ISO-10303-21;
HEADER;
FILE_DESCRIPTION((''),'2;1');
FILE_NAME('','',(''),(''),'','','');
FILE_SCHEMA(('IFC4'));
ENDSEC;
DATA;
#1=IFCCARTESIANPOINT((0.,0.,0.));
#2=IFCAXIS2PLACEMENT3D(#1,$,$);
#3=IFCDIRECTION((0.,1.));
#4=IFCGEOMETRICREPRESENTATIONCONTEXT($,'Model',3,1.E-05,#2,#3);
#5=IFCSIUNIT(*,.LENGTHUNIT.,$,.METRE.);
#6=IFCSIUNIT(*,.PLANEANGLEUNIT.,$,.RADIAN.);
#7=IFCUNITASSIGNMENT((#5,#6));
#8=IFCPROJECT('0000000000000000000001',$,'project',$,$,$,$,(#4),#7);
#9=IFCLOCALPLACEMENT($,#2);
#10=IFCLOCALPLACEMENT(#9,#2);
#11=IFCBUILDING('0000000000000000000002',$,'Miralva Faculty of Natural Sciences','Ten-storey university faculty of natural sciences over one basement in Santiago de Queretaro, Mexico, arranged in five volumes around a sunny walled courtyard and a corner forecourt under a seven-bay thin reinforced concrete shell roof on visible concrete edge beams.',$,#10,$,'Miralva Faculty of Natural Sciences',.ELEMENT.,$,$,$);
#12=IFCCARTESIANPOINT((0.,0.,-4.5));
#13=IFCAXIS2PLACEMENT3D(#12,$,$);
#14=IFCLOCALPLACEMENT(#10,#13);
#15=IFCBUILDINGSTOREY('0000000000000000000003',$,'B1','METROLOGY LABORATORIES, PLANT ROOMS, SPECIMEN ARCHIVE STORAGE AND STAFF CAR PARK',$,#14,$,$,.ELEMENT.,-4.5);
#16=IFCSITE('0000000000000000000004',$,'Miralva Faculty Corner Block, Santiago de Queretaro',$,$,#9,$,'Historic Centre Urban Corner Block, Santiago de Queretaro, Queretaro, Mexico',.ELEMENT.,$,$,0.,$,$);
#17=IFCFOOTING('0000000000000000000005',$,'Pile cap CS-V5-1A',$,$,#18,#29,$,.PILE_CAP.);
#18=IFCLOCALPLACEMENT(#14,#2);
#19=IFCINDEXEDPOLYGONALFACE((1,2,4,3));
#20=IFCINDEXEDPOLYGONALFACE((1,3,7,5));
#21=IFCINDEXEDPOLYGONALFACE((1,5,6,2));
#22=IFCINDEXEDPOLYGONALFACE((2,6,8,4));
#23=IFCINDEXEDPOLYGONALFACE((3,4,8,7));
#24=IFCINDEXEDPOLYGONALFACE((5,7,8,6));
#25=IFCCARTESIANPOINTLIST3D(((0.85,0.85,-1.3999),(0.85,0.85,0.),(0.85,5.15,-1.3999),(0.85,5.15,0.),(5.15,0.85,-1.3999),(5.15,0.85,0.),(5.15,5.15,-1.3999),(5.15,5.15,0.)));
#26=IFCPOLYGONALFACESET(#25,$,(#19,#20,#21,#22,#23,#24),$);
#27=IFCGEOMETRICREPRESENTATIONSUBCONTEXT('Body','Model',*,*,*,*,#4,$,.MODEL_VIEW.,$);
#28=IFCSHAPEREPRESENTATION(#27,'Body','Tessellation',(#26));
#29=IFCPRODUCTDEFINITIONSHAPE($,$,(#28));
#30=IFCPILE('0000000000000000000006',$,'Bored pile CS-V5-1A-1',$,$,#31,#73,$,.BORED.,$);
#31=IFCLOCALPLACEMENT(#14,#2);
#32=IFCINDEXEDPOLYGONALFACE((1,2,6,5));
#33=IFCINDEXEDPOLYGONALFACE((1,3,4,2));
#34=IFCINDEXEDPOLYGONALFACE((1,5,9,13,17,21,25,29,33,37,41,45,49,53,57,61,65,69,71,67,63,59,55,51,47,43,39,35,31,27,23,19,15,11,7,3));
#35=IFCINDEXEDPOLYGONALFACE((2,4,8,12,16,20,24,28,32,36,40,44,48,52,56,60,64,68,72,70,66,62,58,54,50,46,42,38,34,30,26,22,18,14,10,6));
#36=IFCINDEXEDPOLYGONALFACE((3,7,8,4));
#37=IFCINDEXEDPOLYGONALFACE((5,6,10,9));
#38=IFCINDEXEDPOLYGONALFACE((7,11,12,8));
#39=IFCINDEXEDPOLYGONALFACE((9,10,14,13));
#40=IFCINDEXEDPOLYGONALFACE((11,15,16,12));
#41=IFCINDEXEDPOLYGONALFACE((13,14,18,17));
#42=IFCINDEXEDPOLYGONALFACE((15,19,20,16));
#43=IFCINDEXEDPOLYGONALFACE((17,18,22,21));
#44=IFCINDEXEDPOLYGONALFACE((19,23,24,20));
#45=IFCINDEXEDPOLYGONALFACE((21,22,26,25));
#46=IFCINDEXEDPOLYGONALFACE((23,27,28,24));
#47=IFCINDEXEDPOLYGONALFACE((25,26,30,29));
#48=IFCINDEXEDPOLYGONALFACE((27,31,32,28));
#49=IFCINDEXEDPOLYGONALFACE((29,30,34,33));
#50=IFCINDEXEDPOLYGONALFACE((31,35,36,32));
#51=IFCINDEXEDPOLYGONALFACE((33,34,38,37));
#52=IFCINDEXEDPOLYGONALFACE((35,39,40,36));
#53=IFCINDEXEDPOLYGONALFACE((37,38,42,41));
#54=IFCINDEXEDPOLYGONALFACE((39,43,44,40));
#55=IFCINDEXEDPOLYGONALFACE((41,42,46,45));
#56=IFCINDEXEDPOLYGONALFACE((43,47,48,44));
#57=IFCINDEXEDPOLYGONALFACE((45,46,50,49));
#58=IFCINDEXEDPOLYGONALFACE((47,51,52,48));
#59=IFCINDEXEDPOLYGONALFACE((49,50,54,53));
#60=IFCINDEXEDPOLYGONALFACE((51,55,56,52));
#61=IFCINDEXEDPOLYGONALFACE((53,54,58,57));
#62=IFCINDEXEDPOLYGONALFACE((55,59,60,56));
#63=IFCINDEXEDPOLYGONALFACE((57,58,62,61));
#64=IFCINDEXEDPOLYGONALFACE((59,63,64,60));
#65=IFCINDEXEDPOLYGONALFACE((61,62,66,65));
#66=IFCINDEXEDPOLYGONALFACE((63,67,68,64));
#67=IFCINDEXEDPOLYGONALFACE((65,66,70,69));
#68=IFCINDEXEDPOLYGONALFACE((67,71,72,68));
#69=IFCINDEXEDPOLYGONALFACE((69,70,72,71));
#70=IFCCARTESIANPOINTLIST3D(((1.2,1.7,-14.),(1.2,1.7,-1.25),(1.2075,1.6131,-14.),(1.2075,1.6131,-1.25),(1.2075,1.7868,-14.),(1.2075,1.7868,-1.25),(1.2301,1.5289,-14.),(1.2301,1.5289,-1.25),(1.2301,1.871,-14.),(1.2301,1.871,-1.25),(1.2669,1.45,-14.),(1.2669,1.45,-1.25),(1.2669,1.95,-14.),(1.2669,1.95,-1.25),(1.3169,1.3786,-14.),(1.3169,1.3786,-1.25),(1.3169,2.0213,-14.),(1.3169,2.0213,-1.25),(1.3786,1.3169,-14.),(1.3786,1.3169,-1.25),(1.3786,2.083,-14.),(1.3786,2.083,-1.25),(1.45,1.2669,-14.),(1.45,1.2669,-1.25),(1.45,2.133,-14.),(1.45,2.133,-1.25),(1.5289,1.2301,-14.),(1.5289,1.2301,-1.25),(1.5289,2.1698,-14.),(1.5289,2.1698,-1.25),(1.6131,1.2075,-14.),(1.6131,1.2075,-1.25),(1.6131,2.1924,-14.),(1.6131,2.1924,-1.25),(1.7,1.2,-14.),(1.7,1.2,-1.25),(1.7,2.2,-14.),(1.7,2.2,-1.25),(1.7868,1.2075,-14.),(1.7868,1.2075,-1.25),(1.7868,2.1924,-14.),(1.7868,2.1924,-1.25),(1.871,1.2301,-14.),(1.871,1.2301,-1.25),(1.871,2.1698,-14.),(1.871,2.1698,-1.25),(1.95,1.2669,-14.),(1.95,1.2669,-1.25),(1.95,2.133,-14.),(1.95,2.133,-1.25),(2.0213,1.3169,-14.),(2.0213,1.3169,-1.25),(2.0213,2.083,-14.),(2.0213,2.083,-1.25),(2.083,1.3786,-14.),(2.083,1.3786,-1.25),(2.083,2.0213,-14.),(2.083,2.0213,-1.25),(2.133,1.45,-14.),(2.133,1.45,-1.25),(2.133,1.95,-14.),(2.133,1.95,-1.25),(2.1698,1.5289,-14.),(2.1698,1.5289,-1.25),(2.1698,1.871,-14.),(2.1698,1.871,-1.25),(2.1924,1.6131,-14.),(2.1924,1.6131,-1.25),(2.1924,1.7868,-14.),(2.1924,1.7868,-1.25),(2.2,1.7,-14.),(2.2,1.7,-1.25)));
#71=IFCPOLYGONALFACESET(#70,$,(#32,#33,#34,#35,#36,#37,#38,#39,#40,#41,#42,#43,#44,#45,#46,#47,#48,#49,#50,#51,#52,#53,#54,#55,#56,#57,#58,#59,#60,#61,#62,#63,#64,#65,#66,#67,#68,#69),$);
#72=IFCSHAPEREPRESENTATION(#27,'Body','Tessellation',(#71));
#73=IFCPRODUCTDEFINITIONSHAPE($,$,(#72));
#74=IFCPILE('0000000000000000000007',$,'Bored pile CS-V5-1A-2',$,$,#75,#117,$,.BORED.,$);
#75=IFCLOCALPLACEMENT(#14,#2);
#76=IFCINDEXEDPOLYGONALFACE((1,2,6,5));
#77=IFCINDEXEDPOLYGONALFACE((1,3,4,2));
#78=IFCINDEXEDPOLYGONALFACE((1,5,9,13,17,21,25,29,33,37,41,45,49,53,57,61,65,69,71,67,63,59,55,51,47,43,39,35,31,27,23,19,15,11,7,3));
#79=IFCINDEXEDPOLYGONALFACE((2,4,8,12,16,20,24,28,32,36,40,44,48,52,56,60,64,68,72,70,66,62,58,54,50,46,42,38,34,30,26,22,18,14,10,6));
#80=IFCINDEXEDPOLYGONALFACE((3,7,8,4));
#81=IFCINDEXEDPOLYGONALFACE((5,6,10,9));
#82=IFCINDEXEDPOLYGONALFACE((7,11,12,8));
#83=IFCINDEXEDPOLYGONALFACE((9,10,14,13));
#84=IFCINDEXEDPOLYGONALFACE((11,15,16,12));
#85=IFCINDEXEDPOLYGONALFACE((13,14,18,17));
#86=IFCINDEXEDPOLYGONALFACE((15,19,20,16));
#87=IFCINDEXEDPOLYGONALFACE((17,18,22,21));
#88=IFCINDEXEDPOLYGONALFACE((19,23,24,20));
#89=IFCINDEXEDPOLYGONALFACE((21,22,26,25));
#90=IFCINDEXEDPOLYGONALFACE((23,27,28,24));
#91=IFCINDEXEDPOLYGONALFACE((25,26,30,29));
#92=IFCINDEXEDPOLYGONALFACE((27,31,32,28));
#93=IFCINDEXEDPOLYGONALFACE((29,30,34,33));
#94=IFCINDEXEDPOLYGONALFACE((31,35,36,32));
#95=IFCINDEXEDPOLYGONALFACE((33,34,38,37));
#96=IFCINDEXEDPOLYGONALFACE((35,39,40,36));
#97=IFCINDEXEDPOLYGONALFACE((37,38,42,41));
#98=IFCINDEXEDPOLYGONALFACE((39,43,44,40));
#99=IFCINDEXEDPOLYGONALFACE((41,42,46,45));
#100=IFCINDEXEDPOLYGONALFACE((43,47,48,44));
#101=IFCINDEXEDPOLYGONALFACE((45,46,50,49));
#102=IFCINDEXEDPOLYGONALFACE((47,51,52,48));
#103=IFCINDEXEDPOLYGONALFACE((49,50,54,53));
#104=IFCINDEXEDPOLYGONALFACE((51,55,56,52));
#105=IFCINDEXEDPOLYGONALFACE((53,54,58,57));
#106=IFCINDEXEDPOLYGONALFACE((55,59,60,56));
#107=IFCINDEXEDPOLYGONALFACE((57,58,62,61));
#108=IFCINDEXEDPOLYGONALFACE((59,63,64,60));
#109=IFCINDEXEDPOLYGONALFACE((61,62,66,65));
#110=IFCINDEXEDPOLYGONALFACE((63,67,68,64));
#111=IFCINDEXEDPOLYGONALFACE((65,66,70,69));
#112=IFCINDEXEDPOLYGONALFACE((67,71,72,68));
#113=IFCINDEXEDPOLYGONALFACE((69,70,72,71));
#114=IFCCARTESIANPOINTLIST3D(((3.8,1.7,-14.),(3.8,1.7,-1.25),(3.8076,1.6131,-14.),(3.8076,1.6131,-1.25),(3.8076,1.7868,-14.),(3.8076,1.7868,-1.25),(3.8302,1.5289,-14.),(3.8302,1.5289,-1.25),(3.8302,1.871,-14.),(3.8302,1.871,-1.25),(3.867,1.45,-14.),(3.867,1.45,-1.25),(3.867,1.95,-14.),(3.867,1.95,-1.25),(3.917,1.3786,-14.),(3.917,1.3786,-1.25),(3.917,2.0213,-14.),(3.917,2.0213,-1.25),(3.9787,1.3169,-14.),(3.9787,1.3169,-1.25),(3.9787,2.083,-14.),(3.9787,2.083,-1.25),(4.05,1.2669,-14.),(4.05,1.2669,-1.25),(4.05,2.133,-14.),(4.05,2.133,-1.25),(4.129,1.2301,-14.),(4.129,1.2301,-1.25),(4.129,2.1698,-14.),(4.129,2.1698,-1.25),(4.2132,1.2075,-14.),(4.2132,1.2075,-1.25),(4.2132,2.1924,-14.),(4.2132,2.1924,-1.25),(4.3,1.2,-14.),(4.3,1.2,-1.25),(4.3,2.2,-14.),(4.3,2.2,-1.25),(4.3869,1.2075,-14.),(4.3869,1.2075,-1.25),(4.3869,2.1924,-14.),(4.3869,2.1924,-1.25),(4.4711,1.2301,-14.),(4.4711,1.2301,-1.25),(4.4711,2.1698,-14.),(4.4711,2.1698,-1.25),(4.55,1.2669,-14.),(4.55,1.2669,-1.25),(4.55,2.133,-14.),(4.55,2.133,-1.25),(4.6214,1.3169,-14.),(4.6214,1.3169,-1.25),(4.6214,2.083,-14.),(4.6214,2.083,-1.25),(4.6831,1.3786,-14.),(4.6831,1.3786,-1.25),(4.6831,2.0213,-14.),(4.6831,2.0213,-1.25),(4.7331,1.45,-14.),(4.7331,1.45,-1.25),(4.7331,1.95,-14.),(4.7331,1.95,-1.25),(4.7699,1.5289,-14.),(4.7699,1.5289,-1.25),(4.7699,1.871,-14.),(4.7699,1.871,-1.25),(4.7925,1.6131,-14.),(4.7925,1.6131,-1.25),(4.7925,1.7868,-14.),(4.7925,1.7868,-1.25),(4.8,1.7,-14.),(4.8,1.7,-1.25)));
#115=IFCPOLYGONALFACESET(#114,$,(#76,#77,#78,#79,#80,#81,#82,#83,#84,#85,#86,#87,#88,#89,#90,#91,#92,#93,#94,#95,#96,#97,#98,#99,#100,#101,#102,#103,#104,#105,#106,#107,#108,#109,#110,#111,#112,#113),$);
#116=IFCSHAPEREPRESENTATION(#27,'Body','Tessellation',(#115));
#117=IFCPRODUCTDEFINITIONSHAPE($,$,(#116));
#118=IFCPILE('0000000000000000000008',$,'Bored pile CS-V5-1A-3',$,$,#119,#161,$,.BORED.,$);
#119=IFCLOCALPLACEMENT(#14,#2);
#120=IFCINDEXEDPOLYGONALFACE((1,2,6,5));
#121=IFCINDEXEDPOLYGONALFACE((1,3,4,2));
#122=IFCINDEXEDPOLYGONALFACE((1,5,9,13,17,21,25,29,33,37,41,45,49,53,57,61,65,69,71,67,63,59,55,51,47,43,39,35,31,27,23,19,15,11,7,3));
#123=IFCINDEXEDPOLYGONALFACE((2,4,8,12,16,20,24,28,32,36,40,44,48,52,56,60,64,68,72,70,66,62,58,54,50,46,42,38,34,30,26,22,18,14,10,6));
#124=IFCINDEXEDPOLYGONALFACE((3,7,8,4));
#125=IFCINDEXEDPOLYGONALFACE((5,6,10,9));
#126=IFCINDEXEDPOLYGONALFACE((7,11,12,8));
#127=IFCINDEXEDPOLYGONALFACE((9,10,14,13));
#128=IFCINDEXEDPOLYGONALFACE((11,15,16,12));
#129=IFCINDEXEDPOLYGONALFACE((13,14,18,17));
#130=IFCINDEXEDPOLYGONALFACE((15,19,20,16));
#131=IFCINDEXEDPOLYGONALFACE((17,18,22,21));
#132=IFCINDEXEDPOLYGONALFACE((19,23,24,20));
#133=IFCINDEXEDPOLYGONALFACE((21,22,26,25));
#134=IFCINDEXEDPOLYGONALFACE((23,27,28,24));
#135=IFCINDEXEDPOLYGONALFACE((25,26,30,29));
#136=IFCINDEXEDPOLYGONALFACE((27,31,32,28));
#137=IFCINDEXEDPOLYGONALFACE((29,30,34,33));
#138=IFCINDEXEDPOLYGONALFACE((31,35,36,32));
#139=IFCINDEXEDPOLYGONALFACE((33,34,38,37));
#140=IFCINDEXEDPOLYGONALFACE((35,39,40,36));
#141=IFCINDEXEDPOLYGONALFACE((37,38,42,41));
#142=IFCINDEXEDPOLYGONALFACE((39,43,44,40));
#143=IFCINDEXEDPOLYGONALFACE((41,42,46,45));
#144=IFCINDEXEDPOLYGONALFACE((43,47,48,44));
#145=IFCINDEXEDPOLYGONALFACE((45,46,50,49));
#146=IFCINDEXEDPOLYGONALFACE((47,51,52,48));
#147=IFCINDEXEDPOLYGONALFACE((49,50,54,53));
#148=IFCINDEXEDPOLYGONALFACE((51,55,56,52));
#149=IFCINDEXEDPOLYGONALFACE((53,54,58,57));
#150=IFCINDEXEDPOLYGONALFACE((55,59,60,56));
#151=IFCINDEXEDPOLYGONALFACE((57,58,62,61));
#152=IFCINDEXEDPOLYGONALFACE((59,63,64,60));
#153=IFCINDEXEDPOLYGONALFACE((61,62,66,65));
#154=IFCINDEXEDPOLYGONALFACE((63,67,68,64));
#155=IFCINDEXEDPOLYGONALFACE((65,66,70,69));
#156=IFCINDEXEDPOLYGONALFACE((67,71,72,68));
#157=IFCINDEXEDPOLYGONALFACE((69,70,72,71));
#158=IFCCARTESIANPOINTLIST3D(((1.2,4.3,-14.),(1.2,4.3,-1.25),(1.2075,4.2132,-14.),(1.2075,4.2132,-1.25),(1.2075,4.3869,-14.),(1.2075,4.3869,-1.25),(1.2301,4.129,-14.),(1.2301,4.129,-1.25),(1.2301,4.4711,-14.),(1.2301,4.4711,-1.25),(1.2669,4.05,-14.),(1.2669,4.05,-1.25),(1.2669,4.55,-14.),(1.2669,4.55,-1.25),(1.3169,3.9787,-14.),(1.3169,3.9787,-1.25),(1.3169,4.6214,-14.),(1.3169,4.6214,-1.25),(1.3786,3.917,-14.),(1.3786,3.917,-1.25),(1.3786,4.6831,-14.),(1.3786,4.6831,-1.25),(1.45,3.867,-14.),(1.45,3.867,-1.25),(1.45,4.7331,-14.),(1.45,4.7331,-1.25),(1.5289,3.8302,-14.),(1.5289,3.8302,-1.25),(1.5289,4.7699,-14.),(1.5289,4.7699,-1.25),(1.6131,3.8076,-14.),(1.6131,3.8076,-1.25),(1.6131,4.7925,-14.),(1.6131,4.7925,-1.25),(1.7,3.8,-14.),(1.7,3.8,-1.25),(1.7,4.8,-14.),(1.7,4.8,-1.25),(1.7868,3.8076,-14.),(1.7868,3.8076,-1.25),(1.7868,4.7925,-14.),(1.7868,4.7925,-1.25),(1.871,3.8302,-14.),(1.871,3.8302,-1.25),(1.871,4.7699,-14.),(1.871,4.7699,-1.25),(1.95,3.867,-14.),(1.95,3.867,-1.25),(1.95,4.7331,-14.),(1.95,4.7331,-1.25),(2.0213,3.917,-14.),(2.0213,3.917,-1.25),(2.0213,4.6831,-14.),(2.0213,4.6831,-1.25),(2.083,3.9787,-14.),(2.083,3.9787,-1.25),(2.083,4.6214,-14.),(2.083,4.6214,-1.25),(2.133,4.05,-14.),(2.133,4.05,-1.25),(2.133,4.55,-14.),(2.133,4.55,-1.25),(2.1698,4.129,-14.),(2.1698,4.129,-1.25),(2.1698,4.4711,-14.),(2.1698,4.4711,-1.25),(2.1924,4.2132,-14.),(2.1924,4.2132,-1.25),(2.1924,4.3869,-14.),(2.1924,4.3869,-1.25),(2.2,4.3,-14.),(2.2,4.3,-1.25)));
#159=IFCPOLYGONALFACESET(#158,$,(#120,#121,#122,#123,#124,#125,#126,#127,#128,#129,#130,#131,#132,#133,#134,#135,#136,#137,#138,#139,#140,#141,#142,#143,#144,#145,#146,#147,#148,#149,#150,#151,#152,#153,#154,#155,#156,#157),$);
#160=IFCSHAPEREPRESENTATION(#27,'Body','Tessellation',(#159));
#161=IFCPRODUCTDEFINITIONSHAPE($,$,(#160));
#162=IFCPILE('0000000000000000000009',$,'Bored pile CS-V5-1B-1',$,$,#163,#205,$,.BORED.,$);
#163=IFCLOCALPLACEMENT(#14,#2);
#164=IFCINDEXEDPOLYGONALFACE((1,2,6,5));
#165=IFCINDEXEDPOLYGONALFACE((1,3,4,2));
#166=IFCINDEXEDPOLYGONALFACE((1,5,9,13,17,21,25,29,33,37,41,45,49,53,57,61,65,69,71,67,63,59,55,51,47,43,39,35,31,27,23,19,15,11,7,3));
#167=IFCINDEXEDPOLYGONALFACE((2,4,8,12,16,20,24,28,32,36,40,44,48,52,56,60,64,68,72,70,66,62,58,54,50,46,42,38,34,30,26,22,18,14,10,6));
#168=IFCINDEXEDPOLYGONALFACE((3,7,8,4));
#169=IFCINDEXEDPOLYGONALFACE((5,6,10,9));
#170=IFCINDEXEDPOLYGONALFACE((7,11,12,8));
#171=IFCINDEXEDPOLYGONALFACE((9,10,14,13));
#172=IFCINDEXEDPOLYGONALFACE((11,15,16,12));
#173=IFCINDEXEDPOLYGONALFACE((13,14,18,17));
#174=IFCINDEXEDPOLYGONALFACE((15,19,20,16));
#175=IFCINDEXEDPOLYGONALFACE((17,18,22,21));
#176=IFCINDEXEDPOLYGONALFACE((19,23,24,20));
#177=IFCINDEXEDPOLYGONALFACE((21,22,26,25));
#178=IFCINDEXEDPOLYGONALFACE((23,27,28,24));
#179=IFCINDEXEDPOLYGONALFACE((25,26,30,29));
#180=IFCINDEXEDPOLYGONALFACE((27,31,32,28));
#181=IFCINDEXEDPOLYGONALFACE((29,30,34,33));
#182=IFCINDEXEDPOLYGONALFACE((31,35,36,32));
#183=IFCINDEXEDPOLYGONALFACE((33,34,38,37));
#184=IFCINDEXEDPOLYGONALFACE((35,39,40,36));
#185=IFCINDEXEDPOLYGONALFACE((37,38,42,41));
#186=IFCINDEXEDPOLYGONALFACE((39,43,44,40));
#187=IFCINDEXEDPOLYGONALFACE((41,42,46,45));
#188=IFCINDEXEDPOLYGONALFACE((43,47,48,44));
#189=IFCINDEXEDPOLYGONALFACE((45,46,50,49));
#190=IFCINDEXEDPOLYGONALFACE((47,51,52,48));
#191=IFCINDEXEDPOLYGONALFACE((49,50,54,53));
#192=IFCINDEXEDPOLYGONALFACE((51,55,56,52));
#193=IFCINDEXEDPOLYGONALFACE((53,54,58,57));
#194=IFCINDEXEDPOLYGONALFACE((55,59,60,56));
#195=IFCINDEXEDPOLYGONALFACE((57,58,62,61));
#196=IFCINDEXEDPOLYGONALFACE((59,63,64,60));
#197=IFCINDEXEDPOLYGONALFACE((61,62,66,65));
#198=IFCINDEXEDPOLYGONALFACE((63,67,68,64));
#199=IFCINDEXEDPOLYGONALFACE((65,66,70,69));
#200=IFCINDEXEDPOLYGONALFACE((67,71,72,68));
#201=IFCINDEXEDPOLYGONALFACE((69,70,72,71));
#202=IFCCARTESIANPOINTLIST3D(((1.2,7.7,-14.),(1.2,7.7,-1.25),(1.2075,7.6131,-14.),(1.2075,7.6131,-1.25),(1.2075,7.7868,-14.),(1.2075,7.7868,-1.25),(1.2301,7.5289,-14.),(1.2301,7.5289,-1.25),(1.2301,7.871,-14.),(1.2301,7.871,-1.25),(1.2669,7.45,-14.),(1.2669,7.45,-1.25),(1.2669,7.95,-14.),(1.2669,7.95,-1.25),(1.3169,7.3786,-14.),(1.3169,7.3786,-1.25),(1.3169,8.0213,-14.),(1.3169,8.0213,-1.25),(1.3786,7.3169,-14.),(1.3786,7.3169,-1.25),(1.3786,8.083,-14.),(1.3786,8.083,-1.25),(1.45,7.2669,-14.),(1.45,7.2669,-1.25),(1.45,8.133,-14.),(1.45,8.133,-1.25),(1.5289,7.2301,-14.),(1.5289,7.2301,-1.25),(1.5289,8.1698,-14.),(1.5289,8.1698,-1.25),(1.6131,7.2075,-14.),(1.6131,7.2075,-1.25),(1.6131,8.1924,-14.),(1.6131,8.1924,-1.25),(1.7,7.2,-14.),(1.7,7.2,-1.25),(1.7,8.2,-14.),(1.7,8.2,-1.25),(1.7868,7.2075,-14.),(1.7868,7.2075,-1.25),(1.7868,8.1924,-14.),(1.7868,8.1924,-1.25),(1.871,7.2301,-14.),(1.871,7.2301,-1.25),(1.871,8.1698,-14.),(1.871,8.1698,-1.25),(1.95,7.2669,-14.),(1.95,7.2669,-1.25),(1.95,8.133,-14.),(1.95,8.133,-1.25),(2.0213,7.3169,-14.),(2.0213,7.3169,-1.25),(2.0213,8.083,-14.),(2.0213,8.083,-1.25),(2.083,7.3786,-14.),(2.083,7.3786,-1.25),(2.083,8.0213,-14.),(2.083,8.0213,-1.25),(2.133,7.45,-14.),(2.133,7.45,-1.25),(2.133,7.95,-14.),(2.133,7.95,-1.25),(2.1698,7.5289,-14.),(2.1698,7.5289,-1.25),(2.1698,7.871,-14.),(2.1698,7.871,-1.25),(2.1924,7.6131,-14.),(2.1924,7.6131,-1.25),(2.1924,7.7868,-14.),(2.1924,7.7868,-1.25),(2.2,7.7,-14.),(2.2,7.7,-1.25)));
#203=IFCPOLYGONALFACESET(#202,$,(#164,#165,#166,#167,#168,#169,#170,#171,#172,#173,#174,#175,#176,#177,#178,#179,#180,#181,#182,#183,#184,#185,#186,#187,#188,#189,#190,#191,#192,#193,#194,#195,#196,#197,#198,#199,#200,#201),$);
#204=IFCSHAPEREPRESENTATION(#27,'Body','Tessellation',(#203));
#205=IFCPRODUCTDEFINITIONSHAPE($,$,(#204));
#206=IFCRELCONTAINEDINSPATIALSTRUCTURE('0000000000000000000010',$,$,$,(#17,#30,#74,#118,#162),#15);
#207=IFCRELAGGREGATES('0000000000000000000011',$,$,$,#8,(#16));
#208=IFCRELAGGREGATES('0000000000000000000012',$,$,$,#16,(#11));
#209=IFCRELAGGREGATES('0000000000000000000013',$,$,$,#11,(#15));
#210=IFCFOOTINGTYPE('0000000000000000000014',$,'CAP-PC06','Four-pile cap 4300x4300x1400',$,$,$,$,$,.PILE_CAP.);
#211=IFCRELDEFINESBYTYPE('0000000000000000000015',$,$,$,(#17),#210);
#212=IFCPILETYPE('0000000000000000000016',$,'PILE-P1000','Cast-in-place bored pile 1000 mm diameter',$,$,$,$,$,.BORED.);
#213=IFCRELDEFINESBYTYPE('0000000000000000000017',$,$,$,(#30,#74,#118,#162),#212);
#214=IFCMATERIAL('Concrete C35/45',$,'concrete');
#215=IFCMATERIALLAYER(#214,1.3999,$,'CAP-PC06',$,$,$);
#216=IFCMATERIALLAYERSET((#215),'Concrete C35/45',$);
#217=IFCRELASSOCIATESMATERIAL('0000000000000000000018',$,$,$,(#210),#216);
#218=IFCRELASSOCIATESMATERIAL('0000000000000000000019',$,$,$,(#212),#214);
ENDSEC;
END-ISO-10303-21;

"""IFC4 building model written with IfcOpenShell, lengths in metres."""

from ifc_helpers import new_model, si_unit, direction, frame, origin, origin_2d, place, context, subcontext, project, spatial, rectangle, circle, extrude, material, layer, layer_set, material_profile, profile_set, type_object, element, save


model = new_model("IFC4")

# Units and contexts
model_context = context("Model", 3, precision=1e-05, world=origin(), true_north=direction((0.0, 1.0)))
body_context = subcontext(model_context, "Body", "Model", "MODEL_VIEW")
ifc_project = project(units=[si_unit("LENGTHUNIT", "METRE"), si_unit("PLANEANGLEUNIT", "RADIAN")], contexts=[model_context])

# Site, building, storey
site_placement = place(None, origin())
site = spatial("IfcSite", under=ifc_project, at=site_placement, Name="Miralva Faculty Corner Block, Santiago de Queretaro", LongName="Historic Centre Urban Corner Block, Santiago de Queretaro, Queretaro, Mexico", CompositionType="ELEMENT", RefElevation=0.0)
building_placement = place(site_placement, origin())
building = spatial("IfcBuilding", under=site, at=building_placement, Name="Miralva Faculty of Natural Sciences", Description="Ten-storey university faculty of natural sciences over one basement in Santiago de Queretaro, Mexico, arranged in five volumes around a sunny walled courtyard and a corner forecourt under a seven-bay thin reinforced concrete shell roof on visible concrete edge beams.", LongName="Miralva Faculty of Natural Sciences", CompositionType="ELEMENT")
storey_placement = place(building_placement, frame((0.0, 0.0, -4.5)))
storey = spatial("IfcBuildingStorey", under=building, at=storey_placement, Name="B1", Description="METROLOGY LABORATORIES, PLANT ROOMS, SPECIMEN ARCHIVE STORAGE AND STAFF CAR PARK", CompositionType="ELEMENT", Elevation=-4.5)

# Footing
ifc_material_1 = material(Name="Concrete C35/45", Category="concrete")
ifc_layer_1 = layer(ifc_material_1, 1.3999, Name="CAP-PC06")
ifc_layer_set_1 = layer_set([ifc_layer_1], Name="Concrete C35/45")
footing_type_1 = type_object("IfcFootingType", Name="CAP-PC06", Description="Four-pile cap 4300x4300x1400", PredefinedType="PILE_CAP", material=ifc_layer_set_1)
footing_1_placement = place(storey_placement, frame((3.0, 3.0, -1.3999), z_axis=(0.0, 0.0, 1.0), x_axis=(1.0, 0.0, 0.0)))
element("IfcFooting", 1, at=footing_1_placement, inside=storey, type_object=footing_type_1, Name="Pile cap CS-V5-1A", PredefinedType="PILE_CAP", context=body_context, shape_type="SweptSolid", body=[
    extrude(rectangle(XDim=4.3, YDim=4.3, at=origin_2d()), origin(), (0.0, 0.0, 1.0), 1.3999),
])

# Piles
ifc_material_profile_1 = material_profile(ifc_material_1, circle(Radius=0.5, at=origin_2d()), Name="BORED PILE 1000")
ifc_profile_set_1 = profile_set([ifc_material_profile_1], Name="Concrete C35/45")
pile_type = type_object("IfcPileType", Name="PILE-P1000", Description="Cast-in-place bored pile 1000 mm diameter", PredefinedType="BORED", material=ifc_profile_set_1)
for number, where, z_axis, x_axis, name in (
    (2, (1.7, 1.7, -1.25), (0.0, 0.0, -1.0), (1.0, 0.0, 0.0), "Bored pile CS-V5-1A-1"),
    (3, (4.3, 1.7, -1.25), (0.0, 0.0, -1.0), (1.0, 0.0, 0.0), "Bored pile CS-V5-1A-2"),
    (4, (1.7, 4.3, -1.25), (0.0, 0.0, -1.0), (1.0, 0.0, 0.0), "Bored pile CS-V5-1A-3"),
    (5, (1.7, 7.7, -1.25), (0.0, 0.0, -1.0), (1.0, 0.0, 0.0), "Bored pile CS-V5-1B-1"),
):
    element("IfcPile", number, at=place(storey_placement, frame(where, z_axis=z_axis, x_axis=x_axis)), inside=storey, type_object=pile_type, Name=name, PredefinedType="BORED", context=body_context, shape_type="SweptSolid", body=[
        extrude(circle(Radius=0.5, at=origin_2d()), origin(), (0.0, 0.0, 1.0), 12.75),
    ])

save(model, "model.ifc")
